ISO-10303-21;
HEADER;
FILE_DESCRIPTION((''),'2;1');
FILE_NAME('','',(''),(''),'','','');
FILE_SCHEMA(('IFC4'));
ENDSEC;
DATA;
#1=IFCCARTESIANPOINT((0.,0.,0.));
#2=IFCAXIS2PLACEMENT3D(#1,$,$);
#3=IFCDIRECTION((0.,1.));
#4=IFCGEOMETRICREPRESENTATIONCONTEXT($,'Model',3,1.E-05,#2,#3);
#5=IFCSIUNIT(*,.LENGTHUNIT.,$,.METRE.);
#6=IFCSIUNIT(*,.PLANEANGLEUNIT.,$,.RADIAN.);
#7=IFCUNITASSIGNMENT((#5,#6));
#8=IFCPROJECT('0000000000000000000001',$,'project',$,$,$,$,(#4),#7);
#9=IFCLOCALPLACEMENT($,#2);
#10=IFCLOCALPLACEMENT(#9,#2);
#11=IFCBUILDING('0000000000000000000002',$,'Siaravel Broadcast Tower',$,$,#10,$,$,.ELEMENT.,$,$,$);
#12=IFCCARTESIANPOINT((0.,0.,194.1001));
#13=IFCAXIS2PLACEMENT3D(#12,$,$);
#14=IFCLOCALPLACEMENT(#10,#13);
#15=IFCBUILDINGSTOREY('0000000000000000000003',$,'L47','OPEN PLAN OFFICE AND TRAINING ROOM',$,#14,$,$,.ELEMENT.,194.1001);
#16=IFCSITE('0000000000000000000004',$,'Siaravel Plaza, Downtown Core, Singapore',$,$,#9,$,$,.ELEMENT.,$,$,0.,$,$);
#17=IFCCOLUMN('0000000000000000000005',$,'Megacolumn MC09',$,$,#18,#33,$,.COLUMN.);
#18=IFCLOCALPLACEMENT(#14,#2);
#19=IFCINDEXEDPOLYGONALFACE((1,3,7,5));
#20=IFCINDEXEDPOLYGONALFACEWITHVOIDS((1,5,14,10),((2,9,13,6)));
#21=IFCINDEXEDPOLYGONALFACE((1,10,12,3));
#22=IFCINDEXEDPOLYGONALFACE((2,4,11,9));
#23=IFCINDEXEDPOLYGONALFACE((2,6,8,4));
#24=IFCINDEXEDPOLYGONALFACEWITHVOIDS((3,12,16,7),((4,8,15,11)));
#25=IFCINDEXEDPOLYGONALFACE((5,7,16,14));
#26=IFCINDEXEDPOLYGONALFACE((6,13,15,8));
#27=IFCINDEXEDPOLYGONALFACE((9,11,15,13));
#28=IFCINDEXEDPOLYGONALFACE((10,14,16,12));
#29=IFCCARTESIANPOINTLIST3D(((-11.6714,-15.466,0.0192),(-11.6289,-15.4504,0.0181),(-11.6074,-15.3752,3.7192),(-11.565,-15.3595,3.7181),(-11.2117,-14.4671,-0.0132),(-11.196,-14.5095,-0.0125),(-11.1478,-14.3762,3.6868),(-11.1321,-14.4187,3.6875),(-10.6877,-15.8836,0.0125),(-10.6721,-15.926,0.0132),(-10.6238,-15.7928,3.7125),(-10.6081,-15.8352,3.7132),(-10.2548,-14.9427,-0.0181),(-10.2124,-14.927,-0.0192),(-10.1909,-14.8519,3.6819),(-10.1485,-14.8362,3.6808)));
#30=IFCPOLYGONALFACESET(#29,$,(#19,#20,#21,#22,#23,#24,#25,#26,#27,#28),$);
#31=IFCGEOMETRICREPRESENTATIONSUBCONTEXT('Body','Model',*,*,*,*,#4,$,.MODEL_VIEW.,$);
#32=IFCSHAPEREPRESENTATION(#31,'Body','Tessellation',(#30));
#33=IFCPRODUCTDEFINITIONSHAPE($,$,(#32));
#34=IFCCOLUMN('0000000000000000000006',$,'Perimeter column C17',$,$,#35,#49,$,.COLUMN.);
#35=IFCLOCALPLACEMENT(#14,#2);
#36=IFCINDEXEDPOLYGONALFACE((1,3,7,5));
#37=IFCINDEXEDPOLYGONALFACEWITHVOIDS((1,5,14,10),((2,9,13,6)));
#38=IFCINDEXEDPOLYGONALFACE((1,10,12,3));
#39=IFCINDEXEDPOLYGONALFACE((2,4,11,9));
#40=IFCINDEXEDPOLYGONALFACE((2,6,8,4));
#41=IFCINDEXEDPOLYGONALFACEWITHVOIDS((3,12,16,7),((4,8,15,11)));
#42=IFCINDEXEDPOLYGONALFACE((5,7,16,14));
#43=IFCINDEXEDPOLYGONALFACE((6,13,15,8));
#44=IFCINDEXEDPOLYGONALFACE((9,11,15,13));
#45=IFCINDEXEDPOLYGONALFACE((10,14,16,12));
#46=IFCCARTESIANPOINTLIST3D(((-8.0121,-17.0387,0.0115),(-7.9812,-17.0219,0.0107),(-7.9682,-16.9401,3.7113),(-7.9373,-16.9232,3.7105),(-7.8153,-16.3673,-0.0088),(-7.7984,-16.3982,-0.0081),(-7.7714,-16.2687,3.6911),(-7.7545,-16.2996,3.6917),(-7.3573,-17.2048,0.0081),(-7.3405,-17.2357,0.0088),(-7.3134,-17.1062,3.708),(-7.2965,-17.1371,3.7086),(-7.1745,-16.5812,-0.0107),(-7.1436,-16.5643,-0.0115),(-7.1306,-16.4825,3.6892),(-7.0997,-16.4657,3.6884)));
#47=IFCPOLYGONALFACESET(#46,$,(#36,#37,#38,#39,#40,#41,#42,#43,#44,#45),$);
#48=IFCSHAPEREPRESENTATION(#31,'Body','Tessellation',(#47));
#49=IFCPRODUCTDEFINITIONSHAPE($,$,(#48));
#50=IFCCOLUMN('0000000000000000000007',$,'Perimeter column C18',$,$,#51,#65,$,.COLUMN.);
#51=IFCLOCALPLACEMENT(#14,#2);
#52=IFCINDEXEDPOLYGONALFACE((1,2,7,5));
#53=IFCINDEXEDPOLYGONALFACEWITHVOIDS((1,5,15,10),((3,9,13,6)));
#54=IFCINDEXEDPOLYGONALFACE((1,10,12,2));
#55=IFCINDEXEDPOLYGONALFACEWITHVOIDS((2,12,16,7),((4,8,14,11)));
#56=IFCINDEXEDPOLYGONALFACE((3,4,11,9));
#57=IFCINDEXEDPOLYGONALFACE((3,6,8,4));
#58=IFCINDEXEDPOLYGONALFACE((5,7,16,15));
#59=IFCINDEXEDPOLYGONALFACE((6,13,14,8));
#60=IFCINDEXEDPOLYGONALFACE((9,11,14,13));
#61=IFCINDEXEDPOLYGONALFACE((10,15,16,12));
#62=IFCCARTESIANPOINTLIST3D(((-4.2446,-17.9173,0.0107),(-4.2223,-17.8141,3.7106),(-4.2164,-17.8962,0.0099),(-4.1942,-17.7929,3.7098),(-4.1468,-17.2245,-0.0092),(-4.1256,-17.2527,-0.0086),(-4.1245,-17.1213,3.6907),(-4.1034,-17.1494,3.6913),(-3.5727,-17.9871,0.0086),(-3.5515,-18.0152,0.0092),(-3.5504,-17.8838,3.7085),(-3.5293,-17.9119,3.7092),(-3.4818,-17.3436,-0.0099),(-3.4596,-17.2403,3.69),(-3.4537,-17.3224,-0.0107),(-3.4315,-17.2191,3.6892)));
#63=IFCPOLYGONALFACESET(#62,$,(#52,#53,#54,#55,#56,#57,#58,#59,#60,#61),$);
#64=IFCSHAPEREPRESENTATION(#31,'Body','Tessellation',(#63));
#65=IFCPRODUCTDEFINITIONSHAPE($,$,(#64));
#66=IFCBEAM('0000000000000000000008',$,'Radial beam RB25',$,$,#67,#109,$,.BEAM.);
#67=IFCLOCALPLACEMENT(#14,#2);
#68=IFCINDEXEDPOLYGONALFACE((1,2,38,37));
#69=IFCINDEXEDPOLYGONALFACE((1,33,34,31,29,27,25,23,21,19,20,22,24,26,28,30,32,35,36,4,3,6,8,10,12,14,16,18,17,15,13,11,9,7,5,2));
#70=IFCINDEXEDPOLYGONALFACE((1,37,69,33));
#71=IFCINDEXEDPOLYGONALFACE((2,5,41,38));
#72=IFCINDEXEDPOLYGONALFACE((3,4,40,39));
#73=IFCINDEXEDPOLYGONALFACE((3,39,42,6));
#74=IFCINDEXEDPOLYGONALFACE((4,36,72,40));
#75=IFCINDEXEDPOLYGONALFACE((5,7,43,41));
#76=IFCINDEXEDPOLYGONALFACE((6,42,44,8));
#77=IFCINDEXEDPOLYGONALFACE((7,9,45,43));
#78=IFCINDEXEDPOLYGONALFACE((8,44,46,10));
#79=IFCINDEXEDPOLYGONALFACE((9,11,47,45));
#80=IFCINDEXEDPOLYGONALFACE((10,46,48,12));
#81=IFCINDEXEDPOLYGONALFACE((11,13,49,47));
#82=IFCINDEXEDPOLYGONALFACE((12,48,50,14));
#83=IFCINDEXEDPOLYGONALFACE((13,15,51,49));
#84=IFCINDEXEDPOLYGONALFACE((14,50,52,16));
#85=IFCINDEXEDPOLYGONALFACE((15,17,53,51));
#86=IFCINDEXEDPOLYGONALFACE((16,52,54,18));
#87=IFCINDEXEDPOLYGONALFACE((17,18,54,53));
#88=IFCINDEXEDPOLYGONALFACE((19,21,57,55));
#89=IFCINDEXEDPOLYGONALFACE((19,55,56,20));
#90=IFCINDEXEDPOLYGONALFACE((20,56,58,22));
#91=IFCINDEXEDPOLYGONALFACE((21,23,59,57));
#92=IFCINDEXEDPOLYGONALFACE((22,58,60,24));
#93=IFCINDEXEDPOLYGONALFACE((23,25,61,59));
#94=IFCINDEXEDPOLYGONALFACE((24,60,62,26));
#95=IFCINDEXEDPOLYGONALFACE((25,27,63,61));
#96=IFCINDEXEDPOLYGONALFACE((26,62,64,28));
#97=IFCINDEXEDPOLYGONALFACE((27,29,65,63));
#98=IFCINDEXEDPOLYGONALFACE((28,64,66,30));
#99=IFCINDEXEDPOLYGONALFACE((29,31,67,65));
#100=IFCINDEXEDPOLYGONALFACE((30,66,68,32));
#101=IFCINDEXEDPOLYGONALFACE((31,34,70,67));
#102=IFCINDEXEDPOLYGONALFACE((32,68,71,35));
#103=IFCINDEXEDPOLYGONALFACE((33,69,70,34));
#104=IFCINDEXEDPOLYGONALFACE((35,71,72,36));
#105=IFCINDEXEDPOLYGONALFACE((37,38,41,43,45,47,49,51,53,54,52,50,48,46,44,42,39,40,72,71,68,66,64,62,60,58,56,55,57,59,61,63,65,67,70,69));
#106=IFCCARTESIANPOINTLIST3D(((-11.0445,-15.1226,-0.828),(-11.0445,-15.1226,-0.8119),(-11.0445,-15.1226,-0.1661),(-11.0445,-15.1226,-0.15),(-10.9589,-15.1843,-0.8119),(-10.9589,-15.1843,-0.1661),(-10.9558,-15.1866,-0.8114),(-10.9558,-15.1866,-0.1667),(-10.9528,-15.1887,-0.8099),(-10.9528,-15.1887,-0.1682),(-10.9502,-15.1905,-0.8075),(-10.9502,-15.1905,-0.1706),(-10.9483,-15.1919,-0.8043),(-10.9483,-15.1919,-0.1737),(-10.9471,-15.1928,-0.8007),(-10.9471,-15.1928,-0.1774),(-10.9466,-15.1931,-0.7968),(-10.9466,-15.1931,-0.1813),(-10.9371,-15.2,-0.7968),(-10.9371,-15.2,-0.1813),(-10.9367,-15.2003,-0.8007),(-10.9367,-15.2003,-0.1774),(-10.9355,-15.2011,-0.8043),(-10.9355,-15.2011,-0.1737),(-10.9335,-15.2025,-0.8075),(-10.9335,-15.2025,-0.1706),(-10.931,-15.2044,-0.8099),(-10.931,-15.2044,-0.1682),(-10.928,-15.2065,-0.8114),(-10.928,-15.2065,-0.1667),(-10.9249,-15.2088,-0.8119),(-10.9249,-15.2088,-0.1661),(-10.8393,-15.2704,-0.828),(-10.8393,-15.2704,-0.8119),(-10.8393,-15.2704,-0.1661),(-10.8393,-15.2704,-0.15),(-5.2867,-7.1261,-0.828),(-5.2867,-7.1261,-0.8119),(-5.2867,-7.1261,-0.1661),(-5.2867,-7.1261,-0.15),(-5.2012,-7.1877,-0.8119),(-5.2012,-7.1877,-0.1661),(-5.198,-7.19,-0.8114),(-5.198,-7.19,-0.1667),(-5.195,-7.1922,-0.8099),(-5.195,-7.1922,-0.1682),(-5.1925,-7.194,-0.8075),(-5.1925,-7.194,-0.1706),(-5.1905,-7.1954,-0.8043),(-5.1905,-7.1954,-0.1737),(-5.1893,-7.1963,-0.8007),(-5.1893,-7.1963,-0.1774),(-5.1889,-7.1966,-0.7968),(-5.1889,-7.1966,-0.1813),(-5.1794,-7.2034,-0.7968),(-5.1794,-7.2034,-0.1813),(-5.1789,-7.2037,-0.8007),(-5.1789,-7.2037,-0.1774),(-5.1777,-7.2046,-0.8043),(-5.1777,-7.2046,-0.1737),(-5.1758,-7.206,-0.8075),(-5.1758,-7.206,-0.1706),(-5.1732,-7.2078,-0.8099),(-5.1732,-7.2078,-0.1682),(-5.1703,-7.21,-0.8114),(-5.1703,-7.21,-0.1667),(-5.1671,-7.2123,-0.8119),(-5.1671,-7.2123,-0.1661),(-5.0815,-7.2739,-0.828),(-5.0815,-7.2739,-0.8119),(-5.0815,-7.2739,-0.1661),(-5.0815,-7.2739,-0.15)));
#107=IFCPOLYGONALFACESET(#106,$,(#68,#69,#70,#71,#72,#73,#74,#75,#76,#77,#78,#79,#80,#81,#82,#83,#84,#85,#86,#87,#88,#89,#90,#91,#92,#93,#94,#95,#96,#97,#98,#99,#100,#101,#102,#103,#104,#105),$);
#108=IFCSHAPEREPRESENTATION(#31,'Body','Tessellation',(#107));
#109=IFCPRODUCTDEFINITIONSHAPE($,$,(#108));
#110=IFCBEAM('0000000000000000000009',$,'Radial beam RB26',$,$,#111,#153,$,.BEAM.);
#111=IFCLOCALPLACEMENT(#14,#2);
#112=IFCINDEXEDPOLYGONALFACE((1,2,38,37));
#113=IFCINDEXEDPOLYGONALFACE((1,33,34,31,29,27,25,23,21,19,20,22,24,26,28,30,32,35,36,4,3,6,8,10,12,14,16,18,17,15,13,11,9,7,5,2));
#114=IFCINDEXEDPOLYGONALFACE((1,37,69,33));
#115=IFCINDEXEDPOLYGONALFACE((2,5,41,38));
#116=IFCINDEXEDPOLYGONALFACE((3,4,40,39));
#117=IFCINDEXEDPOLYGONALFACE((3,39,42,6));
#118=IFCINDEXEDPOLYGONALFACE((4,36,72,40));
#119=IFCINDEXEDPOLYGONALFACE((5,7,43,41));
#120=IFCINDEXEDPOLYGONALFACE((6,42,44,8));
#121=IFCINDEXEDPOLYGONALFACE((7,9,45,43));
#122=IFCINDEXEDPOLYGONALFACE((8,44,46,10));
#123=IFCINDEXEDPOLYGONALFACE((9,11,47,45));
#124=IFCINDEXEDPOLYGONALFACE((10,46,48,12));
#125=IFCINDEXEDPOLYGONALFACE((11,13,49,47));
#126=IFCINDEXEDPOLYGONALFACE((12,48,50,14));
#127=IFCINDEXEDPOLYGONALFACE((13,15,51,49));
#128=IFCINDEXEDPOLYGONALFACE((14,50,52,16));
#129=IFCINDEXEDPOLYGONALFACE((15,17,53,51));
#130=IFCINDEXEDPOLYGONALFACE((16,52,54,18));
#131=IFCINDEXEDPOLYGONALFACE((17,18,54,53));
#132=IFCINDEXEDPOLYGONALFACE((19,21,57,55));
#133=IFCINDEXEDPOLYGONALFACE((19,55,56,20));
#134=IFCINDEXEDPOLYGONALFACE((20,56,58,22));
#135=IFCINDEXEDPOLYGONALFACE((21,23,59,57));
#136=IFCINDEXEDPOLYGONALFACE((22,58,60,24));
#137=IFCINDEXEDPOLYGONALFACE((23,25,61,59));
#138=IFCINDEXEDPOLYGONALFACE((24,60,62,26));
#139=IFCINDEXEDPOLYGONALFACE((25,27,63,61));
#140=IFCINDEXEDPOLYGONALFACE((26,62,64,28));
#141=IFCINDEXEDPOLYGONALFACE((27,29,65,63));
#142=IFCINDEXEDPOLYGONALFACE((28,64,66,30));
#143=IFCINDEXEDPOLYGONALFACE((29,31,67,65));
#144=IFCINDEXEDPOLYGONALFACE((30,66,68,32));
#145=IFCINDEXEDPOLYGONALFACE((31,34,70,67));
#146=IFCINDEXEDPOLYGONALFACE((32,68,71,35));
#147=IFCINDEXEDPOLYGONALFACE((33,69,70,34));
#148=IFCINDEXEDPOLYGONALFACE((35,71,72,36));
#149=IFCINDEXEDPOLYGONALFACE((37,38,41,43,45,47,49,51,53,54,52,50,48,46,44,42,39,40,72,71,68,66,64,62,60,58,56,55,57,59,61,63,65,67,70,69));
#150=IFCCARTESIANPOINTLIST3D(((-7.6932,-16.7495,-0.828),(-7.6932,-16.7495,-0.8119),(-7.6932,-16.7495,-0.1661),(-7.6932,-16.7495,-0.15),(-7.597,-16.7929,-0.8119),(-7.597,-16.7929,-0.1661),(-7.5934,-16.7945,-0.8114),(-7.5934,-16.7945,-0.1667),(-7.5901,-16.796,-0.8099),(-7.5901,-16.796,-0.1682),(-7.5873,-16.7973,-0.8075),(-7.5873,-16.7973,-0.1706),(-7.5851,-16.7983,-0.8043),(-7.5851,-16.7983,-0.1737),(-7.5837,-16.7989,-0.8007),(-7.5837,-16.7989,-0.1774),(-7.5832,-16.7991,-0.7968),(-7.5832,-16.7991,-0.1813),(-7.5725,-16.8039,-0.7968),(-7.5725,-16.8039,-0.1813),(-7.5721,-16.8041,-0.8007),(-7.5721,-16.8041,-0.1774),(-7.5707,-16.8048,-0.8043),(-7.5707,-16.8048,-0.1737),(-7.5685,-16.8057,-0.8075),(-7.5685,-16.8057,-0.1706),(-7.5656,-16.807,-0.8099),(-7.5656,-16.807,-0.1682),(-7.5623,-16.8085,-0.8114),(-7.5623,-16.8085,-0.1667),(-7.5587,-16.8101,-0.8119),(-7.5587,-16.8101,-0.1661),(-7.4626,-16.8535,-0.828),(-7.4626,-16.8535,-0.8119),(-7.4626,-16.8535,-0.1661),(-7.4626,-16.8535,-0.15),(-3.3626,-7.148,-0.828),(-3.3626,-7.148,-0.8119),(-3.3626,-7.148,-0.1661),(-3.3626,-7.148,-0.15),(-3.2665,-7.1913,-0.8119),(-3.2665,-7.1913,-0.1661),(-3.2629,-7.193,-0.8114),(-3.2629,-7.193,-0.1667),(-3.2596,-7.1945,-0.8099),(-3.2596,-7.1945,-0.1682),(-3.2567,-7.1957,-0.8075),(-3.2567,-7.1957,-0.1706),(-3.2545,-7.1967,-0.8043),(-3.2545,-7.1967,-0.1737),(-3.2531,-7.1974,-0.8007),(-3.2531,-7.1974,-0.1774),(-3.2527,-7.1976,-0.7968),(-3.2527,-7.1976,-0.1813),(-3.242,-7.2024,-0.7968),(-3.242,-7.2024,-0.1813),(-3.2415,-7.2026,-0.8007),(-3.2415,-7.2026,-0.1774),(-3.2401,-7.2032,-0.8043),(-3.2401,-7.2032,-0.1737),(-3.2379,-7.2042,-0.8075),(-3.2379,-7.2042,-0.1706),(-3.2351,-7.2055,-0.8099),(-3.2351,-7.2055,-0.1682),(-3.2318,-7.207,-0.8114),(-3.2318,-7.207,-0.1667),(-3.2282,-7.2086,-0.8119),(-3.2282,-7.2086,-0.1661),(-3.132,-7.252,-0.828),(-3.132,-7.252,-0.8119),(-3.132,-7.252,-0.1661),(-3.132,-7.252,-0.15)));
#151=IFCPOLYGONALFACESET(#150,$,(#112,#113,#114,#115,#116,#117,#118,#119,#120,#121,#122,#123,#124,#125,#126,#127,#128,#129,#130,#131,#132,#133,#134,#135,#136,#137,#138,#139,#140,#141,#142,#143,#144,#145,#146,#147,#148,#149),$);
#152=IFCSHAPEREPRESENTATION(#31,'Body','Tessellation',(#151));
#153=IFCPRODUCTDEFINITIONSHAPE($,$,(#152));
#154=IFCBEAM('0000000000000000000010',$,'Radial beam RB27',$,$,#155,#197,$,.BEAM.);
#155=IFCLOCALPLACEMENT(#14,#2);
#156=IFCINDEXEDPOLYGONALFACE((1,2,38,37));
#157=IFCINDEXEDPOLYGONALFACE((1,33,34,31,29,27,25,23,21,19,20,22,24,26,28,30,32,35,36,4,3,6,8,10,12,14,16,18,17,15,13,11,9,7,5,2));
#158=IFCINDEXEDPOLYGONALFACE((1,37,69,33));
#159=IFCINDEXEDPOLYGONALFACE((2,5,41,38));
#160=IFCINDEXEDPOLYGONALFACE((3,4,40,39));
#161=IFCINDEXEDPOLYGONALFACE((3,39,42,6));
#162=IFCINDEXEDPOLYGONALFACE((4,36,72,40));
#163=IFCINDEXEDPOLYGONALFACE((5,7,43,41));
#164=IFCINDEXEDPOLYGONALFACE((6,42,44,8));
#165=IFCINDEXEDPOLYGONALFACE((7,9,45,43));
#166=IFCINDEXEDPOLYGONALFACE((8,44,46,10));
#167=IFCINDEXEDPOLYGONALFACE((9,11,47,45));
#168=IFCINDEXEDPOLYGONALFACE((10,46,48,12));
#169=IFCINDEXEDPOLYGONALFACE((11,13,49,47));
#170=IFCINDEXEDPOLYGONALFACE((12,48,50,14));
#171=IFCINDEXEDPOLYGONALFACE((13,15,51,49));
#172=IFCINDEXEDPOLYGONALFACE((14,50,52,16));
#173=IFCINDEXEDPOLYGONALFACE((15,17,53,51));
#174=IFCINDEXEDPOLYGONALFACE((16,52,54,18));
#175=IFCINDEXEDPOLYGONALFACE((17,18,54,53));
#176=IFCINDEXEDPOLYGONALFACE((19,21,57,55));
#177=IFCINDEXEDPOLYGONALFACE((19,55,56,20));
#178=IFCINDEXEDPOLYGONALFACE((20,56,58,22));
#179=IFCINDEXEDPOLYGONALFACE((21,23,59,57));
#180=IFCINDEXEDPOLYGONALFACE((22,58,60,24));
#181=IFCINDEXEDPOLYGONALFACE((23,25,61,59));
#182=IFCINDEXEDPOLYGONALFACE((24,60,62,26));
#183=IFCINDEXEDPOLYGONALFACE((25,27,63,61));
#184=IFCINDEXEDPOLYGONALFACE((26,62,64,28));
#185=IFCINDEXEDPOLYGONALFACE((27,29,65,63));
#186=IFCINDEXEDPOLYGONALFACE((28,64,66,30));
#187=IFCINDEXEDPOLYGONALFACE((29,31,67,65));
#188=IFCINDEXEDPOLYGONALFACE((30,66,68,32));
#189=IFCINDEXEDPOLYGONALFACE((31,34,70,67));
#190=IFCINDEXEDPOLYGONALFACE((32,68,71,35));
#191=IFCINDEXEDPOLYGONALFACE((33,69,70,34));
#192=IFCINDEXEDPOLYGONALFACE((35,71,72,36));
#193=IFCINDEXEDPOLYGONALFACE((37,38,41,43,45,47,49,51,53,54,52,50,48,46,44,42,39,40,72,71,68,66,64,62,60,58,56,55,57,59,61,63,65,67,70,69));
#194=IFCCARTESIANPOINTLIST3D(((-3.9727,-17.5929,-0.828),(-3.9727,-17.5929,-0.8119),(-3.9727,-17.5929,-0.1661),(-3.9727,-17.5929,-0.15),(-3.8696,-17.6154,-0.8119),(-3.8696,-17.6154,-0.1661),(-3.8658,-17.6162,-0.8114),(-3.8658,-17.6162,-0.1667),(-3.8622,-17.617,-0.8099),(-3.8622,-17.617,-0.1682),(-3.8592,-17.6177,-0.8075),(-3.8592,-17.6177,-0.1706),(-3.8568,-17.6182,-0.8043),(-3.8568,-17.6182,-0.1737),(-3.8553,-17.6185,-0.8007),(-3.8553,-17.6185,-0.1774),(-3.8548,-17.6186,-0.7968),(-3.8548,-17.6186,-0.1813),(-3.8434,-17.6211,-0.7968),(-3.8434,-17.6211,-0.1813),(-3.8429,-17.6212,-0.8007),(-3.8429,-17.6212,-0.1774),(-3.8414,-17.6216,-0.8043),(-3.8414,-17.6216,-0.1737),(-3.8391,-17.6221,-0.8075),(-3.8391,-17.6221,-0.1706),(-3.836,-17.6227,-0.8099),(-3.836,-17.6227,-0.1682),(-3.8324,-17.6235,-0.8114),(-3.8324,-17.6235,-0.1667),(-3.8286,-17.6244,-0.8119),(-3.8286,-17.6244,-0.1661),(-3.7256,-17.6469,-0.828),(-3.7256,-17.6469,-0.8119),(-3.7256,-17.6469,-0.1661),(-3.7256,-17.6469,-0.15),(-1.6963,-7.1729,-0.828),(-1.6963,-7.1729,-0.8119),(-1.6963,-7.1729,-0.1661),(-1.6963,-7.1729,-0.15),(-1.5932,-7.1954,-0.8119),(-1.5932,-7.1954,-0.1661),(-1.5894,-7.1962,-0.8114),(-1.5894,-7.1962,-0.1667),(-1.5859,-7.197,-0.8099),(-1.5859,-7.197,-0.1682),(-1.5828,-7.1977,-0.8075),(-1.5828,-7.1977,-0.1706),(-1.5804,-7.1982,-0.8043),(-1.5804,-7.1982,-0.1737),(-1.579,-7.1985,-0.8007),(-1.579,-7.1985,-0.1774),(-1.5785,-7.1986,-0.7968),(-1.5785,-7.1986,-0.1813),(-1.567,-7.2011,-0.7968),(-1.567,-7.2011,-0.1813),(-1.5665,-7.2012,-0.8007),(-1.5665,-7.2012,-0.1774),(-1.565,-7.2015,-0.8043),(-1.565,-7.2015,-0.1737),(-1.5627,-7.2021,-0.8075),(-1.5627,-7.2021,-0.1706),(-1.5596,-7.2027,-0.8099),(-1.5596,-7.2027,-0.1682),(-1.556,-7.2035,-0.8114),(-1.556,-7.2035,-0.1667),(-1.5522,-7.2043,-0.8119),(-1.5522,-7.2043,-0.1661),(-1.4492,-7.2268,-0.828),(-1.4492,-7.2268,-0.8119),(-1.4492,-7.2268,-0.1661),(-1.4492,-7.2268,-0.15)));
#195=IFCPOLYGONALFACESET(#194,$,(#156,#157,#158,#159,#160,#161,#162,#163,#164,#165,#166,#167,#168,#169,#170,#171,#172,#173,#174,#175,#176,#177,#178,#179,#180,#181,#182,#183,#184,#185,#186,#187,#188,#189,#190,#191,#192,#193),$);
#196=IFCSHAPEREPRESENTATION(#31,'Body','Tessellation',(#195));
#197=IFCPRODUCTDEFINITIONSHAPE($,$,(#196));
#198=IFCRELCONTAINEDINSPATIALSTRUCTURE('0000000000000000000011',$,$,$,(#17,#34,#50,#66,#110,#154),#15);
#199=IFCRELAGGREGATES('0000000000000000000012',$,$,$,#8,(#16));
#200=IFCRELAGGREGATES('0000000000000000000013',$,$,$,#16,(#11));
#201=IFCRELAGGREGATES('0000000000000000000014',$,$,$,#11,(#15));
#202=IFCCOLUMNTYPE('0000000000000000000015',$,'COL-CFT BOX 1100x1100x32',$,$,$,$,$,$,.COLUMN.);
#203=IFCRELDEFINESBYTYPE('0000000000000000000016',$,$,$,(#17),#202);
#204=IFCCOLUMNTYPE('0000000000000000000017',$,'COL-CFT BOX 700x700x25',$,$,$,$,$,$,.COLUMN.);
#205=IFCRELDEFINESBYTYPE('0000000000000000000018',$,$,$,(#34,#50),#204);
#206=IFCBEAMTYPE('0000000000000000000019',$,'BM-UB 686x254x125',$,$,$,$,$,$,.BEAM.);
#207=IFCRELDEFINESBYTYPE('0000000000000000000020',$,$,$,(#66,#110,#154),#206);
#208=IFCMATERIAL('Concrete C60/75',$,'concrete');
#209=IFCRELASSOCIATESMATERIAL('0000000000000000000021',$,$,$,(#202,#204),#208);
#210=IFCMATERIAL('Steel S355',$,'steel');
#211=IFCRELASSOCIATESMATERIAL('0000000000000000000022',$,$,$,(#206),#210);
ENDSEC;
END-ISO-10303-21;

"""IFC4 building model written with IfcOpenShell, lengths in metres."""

from ifc_helpers import new_model, si_unit, direction, frame, origin, origin_2d, place, context, subcontext, project, spatial, hollow_rectangle, i_section, extrude, material, material_profile, profile_set, type_object, element, save


model = new_model("IFC4")

# Units and contexts
model_context = context("Model", 3, precision=1e-05, world=origin(), true_north=direction((0.0, 1.0)))
body_context = subcontext(model_context, "Body", "Model", "MODEL_VIEW")
ifc_project = project(units=[si_unit("LENGTHUNIT", "METRE"), si_unit("PLANEANGLEUNIT", "RADIAN")], contexts=[model_context])

# Site, building, storey
site_placement = place(None, origin())
site = spatial("IfcSite", under=ifc_project, at=site_placement, Name="Siaravel Plaza, Downtown Core, Singapore", CompositionType="ELEMENT", RefElevation=0.0)
building_placement = place(site_placement, origin())
building = spatial("IfcBuilding", under=site, at=building_placement, Name="Siaravel Broadcast Tower", CompositionType="ELEMENT")
storey_placement = place(building_placement, frame((0.0, 0.0, 194.1001)))
storey = spatial("IfcBuildingStorey", under=building, at=storey_placement, Name="L47", Description="OPEN PLAN OFFICE AND TRAINING ROOM", CompositionType="ELEMENT", Elevation=194.1001)

# Columns
ifc_material_1 = material(Name="Concrete C60/75", Category="concrete")
ifc_material_profile_1 = material_profile(ifc_material_1, hollow_rectangle(XDim=1.1001, YDim=1.1001, WallThickness=0.032, at=origin_2d()))
ifc_profile_set_1 = profile_set([ifc_material_profile_1], Name="Concrete C60/75")
column_type_1 = type_object("IfcColumnType", Name="COL-CFT BOX 1100x1100x32", PredefinedType="COLUMN", material=ifc_profile_set_1)
column_placement = place(storey_placement, frame((-10.9419, -15.1965, 0.0), z_axis=(0.01728, 0.024535, 0.99955), x_axis=(-0.908373, 0.418125, 0.005441)))
element("IfcColumn", 1, at=column_placement, inside=storey, type_object=column_type_1, Name="Megacolumn MC09", PredefinedType="COLUMN", context=body_context, shape_type="SweptSolid", body=[
    extrude(hollow_rectangle(XDim=1.1001, YDim=1.1001, WallThickness=0.032, at=origin_2d()), origin(), (0.0, 0.0, 1.0), 3.7017),
])
ifc_material_profile_2 = material_profile(ifc_material_1, hollow_rectangle(XDim=0.7, YDim=0.7, WallThickness=0.0249, at=origin_2d()))
ifc_profile_set_2 = profile_set([ifc_material_profile_2], Name="Concrete C60/75")
column_type_2 = type_object("IfcColumnType", Name="COL-CFT BOX 700x700x25", PredefinedType="COLUMN", material=ifc_profile_set_2)
for number, where, z_axis, x_axis, name in (
    (2, (-7.5779, -16.8015, 0.0), (0.011872, 0.026647, 0.999574), (-0.959585, 0.28139, 0.003896), "Perimeter column C17"),
    (3, (-3.8491, -17.6199, 0.0), (0.006002, 0.0279, 0.999593), (-0.990172, 0.139841, 0.002042), "Perimeter column C18"),
):
    element("IfcColumn", number, at=place(storey_placement, frame(where, z_axis=z_axis, x_axis=x_axis)), inside=storey, type_object=column_type_2, Name=name, PredefinedType="COLUMN", context=body_context, shape_type="SweptSolid", body=[
        extrude(hollow_rectangle(XDim=0.7, YDim=0.7, WallThickness=0.0249, at=origin_2d()), origin(), (0.0, 0.0, 1.0), 3.7014),
    ])

# Beams
ifc_material_2 = material(Name="Steel S355", Category="steel")
ifc_material_profile_3 = material_profile(ifc_material_2, i_section(OverallWidth=0.2529, OverallDepth=0.678, WebThickness=0.0117, FlangeThickness=0.0161, FilletRadius=0.0151, at=origin_2d()))
ifc_profile_set_3 = profile_set([ifc_material_profile_3], Name="Steel S355")
beam_type = type_object("IfcBeamType", Name="BM-UB 686x254x125", PredefinedType="BEAM", material=ifc_profile_set_3)
beam_1_placement = place(storey_placement, frame((-10.9419, -15.1965, -0.489), z_axis=(0.584323, 0.811521, 0.0), x_axis=(-0.811521, 0.584323, 0.0)))
element("IfcBeam", 4, at=beam_1_placement, inside=storey, type_object=beam_type, Name="Radial beam RB25", PredefinedType="BEAM", context=body_context, shape_type="SweptSolid", body=[
    extrude(i_section(OverallWidth=0.2529, OverallDepth=0.678, WebThickness=0.0117, FlangeThickness=0.0161, FilletRadius=0.0151, at=origin_2d()), origin(), (0.0, 0.0, 1.0), 9.8538),
])
beam_2_placement = place(storey_placement, frame((-7.5779, -16.8015, -0.489), z_axis=(0.411143, 0.911571, 0.0), x_axis=(-0.911571, 0.411143, 0.0)))
element("IfcBeam", 5, at=beam_2_placement, inside=storey, type_object=beam_type, Name="Radial beam RB26", PredefinedType="BEAM", context=body_context, shape_type="SweptSolid", body=[
    extrude(i_section(OverallWidth=0.2529, OverallDepth=0.678, WebThickness=0.0117, FlangeThickness=0.0161, FilletRadius=0.0151, at=origin_2d()), origin(), (0.0, 0.0, 1.0), 10.533),
])
beam_3_placement = place(storey_placement, frame((-3.8491, -17.6199, -0.489), z_axis=(0.213429, 0.976959, 0.0), x_axis=(-0.976959, 0.213429, 0.0)))
element("IfcBeam", 6, at=beam_3_placement, inside=storey, type_object=beam_type, Name="Radial beam RB27", PredefinedType="BEAM", context=body_context, shape_type="SweptSolid", body=[
    extrude(i_section(OverallWidth=0.2529, OverallDepth=0.678, WebThickness=0.0117, FlangeThickness=0.0161, FilletRadius=0.0151, at=origin_2d()), origin(), (0.0, 0.0, 1.0), 10.6658),
])

save(model, "model.ifc")
